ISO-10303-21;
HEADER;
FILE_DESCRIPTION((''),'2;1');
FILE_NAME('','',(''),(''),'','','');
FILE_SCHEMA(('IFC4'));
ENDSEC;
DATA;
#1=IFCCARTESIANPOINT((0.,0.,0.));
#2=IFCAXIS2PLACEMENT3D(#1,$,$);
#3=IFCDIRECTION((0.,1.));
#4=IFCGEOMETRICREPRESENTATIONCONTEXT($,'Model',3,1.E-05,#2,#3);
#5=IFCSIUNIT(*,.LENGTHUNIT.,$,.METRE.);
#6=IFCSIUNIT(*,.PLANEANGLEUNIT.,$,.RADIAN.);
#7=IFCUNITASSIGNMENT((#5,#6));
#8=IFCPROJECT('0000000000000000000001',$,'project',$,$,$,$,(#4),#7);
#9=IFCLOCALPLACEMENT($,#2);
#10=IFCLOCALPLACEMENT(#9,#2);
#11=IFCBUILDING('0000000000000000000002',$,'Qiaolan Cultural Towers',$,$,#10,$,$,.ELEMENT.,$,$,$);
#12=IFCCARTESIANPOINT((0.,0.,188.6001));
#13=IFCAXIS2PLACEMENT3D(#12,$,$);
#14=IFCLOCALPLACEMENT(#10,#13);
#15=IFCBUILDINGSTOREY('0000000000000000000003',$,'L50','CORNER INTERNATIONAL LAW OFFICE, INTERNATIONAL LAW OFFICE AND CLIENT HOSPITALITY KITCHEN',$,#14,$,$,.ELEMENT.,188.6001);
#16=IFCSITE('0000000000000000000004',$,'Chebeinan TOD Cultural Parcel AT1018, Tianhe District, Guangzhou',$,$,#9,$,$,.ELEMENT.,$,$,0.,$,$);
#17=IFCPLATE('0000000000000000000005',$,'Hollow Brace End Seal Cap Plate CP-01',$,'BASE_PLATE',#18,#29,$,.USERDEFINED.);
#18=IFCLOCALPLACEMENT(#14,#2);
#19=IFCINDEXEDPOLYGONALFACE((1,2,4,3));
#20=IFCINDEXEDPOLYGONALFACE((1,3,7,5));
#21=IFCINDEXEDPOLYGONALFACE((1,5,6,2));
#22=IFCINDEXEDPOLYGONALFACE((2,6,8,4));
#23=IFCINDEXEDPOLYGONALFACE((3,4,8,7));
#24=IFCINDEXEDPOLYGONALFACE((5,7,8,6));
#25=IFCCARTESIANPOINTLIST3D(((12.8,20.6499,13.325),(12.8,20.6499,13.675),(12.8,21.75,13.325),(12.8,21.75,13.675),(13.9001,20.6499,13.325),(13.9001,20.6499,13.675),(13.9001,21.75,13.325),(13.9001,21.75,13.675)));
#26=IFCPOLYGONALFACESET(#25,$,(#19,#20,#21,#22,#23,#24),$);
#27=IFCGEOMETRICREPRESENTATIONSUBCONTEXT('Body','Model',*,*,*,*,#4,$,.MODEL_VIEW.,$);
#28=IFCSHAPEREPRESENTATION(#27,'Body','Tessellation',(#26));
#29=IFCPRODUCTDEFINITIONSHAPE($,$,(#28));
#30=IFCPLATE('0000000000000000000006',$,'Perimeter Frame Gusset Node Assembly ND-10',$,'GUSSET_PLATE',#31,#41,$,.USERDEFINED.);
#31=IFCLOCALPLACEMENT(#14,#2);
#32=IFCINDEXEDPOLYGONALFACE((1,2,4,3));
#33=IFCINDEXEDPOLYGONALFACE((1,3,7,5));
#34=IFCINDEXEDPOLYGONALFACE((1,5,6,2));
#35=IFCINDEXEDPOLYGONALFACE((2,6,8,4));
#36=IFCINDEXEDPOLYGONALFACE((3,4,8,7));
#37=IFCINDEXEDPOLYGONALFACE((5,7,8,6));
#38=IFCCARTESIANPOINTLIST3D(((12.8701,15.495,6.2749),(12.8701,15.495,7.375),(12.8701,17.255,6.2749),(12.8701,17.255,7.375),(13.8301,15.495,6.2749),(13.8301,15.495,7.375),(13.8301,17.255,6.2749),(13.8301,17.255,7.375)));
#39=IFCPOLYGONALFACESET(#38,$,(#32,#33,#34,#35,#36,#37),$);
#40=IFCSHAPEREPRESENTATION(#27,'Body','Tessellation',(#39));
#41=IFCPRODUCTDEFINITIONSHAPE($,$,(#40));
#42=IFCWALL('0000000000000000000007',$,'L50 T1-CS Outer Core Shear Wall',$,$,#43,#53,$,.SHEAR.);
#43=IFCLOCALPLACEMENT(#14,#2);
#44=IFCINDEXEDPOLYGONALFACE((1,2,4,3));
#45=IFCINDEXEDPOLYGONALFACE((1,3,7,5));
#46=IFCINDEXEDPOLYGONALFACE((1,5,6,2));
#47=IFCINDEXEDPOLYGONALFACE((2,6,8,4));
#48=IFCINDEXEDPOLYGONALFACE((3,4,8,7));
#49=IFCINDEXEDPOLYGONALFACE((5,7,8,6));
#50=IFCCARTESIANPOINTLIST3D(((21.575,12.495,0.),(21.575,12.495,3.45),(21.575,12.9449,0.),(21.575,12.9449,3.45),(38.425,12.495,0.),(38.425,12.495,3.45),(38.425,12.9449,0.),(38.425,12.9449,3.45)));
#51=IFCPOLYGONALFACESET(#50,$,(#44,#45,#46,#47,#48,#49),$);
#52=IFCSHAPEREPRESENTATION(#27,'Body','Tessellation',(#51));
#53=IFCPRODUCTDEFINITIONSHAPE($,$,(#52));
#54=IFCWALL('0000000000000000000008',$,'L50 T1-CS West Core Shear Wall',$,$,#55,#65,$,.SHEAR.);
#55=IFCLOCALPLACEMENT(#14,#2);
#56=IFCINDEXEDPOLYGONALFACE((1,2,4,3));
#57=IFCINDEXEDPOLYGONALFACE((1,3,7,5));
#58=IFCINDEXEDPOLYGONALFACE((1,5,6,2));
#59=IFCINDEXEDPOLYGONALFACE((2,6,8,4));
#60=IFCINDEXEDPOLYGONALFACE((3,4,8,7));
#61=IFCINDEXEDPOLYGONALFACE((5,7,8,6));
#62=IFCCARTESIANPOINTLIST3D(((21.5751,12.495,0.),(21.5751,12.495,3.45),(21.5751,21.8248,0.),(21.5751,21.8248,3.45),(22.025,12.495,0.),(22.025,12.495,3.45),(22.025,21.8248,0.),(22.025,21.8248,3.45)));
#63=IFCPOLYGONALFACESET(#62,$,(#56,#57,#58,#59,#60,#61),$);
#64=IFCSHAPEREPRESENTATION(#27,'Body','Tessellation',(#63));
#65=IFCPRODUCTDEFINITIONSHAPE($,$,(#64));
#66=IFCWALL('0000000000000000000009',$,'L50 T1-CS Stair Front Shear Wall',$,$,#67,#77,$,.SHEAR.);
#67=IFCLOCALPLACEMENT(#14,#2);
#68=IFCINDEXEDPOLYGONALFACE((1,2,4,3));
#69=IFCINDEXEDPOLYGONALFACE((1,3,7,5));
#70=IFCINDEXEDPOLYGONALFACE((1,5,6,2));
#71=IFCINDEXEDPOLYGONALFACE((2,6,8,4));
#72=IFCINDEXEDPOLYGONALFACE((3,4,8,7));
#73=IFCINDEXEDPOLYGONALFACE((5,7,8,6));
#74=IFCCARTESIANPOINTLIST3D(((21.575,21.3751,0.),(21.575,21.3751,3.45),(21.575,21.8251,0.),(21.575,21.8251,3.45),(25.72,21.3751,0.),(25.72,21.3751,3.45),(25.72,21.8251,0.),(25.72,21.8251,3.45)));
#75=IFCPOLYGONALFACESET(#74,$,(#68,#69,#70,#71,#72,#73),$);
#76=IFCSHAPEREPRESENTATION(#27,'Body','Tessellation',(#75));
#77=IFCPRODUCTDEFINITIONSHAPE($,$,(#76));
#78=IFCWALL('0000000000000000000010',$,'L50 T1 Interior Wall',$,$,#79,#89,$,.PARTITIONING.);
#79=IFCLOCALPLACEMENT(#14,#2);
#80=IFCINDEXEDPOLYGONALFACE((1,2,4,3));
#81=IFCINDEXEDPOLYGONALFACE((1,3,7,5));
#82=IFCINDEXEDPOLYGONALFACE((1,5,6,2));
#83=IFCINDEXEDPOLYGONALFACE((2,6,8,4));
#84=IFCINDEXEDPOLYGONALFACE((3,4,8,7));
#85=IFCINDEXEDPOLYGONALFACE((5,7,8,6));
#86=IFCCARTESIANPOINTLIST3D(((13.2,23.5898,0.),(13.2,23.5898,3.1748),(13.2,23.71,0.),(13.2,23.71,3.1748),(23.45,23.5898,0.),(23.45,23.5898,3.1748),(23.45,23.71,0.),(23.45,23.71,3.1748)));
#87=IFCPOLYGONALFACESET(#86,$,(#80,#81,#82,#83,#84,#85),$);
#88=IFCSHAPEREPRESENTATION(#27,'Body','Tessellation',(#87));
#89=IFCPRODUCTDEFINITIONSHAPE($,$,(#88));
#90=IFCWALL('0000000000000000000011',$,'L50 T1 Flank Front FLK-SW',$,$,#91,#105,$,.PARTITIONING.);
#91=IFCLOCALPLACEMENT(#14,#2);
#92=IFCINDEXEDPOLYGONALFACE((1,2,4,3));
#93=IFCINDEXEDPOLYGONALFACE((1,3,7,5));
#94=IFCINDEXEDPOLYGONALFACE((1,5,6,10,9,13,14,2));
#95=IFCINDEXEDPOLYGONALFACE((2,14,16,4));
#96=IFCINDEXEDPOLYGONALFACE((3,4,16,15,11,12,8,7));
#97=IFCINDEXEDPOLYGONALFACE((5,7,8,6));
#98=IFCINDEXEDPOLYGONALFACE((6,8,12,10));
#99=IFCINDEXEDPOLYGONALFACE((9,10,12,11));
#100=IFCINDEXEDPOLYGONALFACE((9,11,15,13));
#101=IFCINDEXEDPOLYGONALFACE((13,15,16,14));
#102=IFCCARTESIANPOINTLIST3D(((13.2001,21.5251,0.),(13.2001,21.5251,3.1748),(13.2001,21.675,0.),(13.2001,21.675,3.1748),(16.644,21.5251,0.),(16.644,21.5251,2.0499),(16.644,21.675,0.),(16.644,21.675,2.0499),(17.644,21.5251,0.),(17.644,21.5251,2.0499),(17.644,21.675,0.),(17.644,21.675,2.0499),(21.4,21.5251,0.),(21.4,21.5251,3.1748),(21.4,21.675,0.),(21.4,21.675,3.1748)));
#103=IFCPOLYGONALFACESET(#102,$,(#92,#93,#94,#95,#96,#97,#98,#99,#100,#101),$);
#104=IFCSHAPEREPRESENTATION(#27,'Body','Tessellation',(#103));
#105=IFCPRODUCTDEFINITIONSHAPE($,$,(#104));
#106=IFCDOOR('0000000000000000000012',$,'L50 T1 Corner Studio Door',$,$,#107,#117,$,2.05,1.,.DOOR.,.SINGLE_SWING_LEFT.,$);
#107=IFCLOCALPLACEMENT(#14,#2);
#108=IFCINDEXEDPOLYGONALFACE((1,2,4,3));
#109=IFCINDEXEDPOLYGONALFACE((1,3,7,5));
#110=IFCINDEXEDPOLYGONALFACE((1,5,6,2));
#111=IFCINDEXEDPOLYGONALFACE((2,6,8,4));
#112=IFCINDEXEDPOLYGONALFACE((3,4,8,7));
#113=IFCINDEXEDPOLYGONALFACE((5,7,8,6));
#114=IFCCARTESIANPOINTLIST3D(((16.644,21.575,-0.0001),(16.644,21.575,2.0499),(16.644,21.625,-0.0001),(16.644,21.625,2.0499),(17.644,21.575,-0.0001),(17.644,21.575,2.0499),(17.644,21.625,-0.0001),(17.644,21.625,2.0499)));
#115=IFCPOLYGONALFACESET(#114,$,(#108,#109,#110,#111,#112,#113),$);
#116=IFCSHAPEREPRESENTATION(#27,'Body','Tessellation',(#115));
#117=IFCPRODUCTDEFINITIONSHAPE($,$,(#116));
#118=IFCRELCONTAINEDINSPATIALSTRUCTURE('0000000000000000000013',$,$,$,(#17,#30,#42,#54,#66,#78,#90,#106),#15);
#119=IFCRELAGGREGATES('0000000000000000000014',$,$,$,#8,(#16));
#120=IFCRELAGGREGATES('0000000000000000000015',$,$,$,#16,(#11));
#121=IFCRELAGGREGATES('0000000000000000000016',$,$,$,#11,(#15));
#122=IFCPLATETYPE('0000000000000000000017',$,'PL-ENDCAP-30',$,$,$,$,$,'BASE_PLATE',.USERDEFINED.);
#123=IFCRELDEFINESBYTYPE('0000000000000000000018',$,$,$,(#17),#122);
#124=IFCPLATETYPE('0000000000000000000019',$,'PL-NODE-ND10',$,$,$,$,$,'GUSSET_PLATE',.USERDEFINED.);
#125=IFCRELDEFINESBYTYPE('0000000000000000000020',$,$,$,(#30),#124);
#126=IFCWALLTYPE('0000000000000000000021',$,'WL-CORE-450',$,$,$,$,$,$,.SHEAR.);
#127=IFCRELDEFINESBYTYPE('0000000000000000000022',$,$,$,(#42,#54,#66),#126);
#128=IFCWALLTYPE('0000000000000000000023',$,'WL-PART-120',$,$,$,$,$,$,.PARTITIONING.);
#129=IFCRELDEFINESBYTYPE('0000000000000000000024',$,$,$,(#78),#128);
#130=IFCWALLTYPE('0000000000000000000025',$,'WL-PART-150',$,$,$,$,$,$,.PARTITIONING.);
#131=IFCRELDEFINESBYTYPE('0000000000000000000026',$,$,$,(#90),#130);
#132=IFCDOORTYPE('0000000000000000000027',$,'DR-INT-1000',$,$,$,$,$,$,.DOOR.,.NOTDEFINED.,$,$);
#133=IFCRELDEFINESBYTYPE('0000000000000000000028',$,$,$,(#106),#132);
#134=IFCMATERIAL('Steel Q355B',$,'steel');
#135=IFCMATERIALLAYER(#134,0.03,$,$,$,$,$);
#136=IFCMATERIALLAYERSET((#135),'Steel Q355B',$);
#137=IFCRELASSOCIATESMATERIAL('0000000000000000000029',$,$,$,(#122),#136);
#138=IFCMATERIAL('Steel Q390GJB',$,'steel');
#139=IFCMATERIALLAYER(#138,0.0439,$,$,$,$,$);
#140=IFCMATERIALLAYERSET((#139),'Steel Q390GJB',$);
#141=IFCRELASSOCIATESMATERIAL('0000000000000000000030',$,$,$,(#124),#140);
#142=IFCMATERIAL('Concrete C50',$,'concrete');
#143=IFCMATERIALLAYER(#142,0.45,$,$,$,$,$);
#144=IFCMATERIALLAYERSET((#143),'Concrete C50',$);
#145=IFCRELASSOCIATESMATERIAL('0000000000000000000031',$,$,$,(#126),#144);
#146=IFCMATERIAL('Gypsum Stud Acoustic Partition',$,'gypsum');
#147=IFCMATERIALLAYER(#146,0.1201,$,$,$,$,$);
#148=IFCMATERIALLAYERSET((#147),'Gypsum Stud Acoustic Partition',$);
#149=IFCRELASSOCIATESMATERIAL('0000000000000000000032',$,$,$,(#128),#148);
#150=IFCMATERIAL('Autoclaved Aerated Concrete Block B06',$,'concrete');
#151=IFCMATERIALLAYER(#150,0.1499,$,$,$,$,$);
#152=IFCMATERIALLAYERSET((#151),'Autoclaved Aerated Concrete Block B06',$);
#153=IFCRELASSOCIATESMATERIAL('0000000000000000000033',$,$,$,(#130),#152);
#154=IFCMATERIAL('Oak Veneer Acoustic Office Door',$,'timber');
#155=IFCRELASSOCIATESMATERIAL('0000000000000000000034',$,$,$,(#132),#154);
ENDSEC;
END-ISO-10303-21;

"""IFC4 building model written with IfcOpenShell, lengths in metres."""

from ifc_helpers import new_model, si_unit, direction, frame, frame_2d, origin, origin_2d, place, context, subcontext, project, spatial, rectangle, extrude, material, layer, layer_set, type_object, element, fill, save


model = new_model("IFC4")

# Units and contexts
model_context = context("Model", 3, precision=1e-05, world=origin(), true_north=direction((0.0, 1.0)))
body_context = subcontext(model_context, "Body", "Model", "MODEL_VIEW")
ifc_project = project(units=[si_unit("LENGTHUNIT", "METRE"), si_unit("PLANEANGLEUNIT", "RADIAN")], contexts=[model_context])

# Site, building, storey
site_placement = place(None, origin())
site = spatial("IfcSite", under=ifc_project, at=site_placement, Name="Chebeinan TOD Cultural Parcel AT1018, Tianhe District, Guangzhou", CompositionType="ELEMENT", RefElevation=0.0)
building_placement = place(site_placement, origin())
building = spatial("IfcBuilding", under=site, at=building_placement, Name="Qiaolan Cultural Towers", CompositionType="ELEMENT")
storey_placement = place(building_placement, frame((0.0, 0.0, 188.6001)))
storey = spatial("IfcBuildingStorey", under=building, at=storey_placement, Name="L50", Description="CORNER INTERNATIONAL LAW OFFICE, INTERNATIONAL LAW OFFICE AND CLIENT HOSPITALITY KITCHEN", CompositionType="ELEMENT", Elevation=188.6001)

# Plates
ifc_material_1 = material(Name="Steel Q355B", Category="steel")
ifc_layer_1 = layer(ifc_material_1, 0.03)
ifc_layer_set_1 = layer_set([ifc_layer_1], Name="Steel Q355B")
plate_type_1 = type_object("IfcPlateType", Name="PL-ENDCAP-30", ElementType="BASE_PLATE", PredefinedType="USERDEFINED", material=ifc_layer_set_1)
for number, where, z_axis, x_axis, name in (
    (1, (13.3501, 21.2, 13.325), (0.0, 0.0, 1.0), (0.0, 1.0, 0.0), "Hollow Brace End Seal Cap Plate CP-01"),
):
    element("IfcPlate", number, at=place(storey_placement, frame(where, z_axis=z_axis, x_axis=x_axis)), inside=storey, type_object=plate_type_1, Name=name, ObjectType="BASE_PLATE", PredefinedType="USERDEFINED", context=body_context, shape_type="SweptSolid", body=[
        extrude(rectangle(XDim=1.1001, YDim=1.1001, at=origin_2d()), origin(), (0.0, 0.0, 1.0), 0.3501),
    ])
ifc_material_2 = material(Name="Steel Q390GJB", Category="steel")
ifc_layer_2 = layer(ifc_material_2, 0.0439)
ifc_layer_set_2 = layer_set([ifc_layer_2], Name="Steel Q390GJB")
plate_type_2 = type_object("IfcPlateType", Name="PL-NODE-ND10", ElementType="GUSSET_PLATE", PredefinedType="USERDEFINED", material=ifc_layer_set_2)
plate_placement = place(storey_placement, frame((13.3501, 16.375, 6.2749), z_axis=(0.0, 0.0, 1.0), x_axis=(0.0, 1.0, 0.0)))
element("IfcPlate", 2, at=plate_placement, inside=storey, type_object=plate_type_2, Name="Perimeter Frame Gusset Node Assembly ND-10", ObjectType="GUSSET_PLATE", PredefinedType="USERDEFINED", context=body_context, shape_type="SweptSolid", body=[
    extrude(rectangle(XDim=1.76, YDim=0.96, at=origin_2d()), origin(), (0.0, 0.0, 1.0), 1.1001),
])

# Walls
ifc_material_3 = material(Name="Concrete C50", Category="concrete")
ifc_layer_3 = layer(ifc_material_3, 0.45)
ifc_layer_set_3 = layer_set([ifc_layer_3], Name="Concrete C50")
wall_type_1 = type_object("IfcWallType", Name="WL-CORE-450", PredefinedType="SHEAR", material=ifc_layer_set_3)
wall_1_placement = place(storey_placement, frame((21.575, 12.72, 0.0), z_axis=(0.0, 0.0, 1.0), x_axis=(1.0, 0.0, 0.0)))
element("IfcWall", 3, at=wall_1_placement, inside=storey, type_object=wall_type_1, Name="L50 T1-CS Outer Core Shear Wall", PredefinedType="SHEAR", context=body_context, shape_type="SweptSolid", body=[
    extrude(rectangle(XDim=16.8501, YDim=0.45, at=frame_2d((8.425, 0.0))), origin(), (0.0, 0.0, 1.0), 3.45),
])
wall_2_placement = place(storey_placement, frame((21.8, 21.825, 0.0), z_axis=(0.0, 0.0, 1.0), x_axis=(0.0, -1.0, 0.0)))
element("IfcWall", 4, at=wall_2_placement, inside=storey, type_object=wall_type_1, Name="L50 T1-CS West Core Shear Wall", PredefinedType="SHEAR", context=body_context, shape_type="SweptSolid", body=[
    extrude(rectangle(XDim=9.3298, YDim=0.45, at=frame_2d((4.665, 0.0))), origin(), (0.0, 0.0, 1.0), 3.45),
])
wall_3_placement = place(storey_placement, frame((21.575, 21.6001, 0.0), z_axis=(0.0, 0.0, 1.0), x_axis=(1.0, 0.0, 0.0)))
element("IfcWall", 5, at=wall_3_placement, inside=storey, type_object=wall_type_1, Name="L50 T1-CS Stair Front Shear Wall", PredefinedType="SHEAR", context=body_context, shape_type="SweptSolid", body=[
    extrude(rectangle(XDim=4.145, YDim=0.45, at=frame_2d((2.0725, 0.0))), origin(), (0.0, 0.0, 1.0), 3.45),
])
ifc_material_4 = material(Name="Gypsum Stud Acoustic Partition", Category="gypsum")
ifc_layer_4 = layer(ifc_material_4, 0.1201)
ifc_layer_set_4 = layer_set([ifc_layer_4], Name="Gypsum Stud Acoustic Partition")
wall_type_2 = type_object("IfcWallType", Name="WL-PART-120", PredefinedType="PARTITIONING", material=ifc_layer_set_4)
wall_4_placement = place(storey_placement, frame((13.2, 23.6499, 0.0), z_axis=(0.0, 0.0, 1.0), x_axis=(1.0, 0.0, 0.0)))
element("IfcWall", 6, at=wall_4_placement, inside=storey, type_object=wall_type_2, Name="L50 T1 Interior Wall", PredefinedType="PARTITIONING", context=body_context, shape_type="SweptSolid", body=[
    extrude(rectangle(XDim=10.25, YDim=0.1201, at=frame_2d((5.125, 0.0))), origin(), (0.0, 0.0, 1.0), 3.1748),
])

# Wall, opening, door
ifc_material_5 = material(Name="Autoclaved Aerated Concrete Block B06", Category="concrete")
ifc_layer_5 = layer(ifc_material_5, 0.1499)
ifc_layer_set_5 = layer_set([ifc_layer_5], Name="Autoclaved Aerated Concrete Block B06")
wall_type_3 = type_object("IfcWallType", Name="WL-PART-150", PredefinedType="PARTITIONING", material=ifc_layer_set_5)
wall_5_placement = place(storey_placement, frame((13.2, 21.6001, 0.0), z_axis=(0.0, 0.0, 1.0), x_axis=(1.0, 0.0, 0.0)))
wall_5 = element("IfcWall", 7, at=wall_5_placement, inside=storey, type_object=wall_type_3, Name="L50 T1 Flank Front FLK-SW", PredefinedType="PARTITIONING", context=body_context, shape_type="SweptSolid", body=[
    extrude(rectangle(XDim=8.2, YDim=0.1499, at=frame_2d((4.1001, 0.0))), origin(), (0.0, 0.0, 1.0), 3.1748),
])
opening_placement = place(wall_5_placement, frame((3.4441, 0.0, 0.0)))
opening = element("IfcOpeningElement", 8, at=opening_placement, cuts=wall_5, PredefinedType="OPENING", context=body_context, shape_type="SweptSolid", body=[
    extrude(rectangle(XDim=1.0, YDim=2.05, at=frame_2d((0.5, 1.0249))), frame((0.0, 0.085, 0.0), z_axis=(0.0, -1.0, 0.0), x_axis=(1.0, 0.0, 0.0)), (0.0, 0.0, 1.0), 0.1699),
])
ifc_material_6 = material(Name="Oak Veneer Acoustic Office Door", Category="timber")
door_type = type_object("IfcDoorType", Name="DR-INT-1000", OperationType="NOTDEFINED", PredefinedType="DOOR", material=ifc_material_6)
door_placement = place(opening_placement, origin())
door = element("IfcDoor", 9, at=door_placement, inside=storey, type_object=door_type, Name="L50 T1 Corner Studio Door", OperationType="SINGLE_SWING_LEFT", OverallHeight=2.05, OverallWidth=1.0, PredefinedType="DOOR", context=body_context, shape_type="SweptSolid", body=[
    extrude(rectangle(XDim=1.0, YDim=2.05, at=frame_2d((0.5, 1.0249))), frame((0.0, 0.0249, 0.0), z_axis=(0.0, -1.0, 0.0), x_axis=(1.0, 0.0, 0.0)), (0.0, 0.0, 1.0), 0.05),
])
fill(opening, door)

save(model, "model.ifc")
